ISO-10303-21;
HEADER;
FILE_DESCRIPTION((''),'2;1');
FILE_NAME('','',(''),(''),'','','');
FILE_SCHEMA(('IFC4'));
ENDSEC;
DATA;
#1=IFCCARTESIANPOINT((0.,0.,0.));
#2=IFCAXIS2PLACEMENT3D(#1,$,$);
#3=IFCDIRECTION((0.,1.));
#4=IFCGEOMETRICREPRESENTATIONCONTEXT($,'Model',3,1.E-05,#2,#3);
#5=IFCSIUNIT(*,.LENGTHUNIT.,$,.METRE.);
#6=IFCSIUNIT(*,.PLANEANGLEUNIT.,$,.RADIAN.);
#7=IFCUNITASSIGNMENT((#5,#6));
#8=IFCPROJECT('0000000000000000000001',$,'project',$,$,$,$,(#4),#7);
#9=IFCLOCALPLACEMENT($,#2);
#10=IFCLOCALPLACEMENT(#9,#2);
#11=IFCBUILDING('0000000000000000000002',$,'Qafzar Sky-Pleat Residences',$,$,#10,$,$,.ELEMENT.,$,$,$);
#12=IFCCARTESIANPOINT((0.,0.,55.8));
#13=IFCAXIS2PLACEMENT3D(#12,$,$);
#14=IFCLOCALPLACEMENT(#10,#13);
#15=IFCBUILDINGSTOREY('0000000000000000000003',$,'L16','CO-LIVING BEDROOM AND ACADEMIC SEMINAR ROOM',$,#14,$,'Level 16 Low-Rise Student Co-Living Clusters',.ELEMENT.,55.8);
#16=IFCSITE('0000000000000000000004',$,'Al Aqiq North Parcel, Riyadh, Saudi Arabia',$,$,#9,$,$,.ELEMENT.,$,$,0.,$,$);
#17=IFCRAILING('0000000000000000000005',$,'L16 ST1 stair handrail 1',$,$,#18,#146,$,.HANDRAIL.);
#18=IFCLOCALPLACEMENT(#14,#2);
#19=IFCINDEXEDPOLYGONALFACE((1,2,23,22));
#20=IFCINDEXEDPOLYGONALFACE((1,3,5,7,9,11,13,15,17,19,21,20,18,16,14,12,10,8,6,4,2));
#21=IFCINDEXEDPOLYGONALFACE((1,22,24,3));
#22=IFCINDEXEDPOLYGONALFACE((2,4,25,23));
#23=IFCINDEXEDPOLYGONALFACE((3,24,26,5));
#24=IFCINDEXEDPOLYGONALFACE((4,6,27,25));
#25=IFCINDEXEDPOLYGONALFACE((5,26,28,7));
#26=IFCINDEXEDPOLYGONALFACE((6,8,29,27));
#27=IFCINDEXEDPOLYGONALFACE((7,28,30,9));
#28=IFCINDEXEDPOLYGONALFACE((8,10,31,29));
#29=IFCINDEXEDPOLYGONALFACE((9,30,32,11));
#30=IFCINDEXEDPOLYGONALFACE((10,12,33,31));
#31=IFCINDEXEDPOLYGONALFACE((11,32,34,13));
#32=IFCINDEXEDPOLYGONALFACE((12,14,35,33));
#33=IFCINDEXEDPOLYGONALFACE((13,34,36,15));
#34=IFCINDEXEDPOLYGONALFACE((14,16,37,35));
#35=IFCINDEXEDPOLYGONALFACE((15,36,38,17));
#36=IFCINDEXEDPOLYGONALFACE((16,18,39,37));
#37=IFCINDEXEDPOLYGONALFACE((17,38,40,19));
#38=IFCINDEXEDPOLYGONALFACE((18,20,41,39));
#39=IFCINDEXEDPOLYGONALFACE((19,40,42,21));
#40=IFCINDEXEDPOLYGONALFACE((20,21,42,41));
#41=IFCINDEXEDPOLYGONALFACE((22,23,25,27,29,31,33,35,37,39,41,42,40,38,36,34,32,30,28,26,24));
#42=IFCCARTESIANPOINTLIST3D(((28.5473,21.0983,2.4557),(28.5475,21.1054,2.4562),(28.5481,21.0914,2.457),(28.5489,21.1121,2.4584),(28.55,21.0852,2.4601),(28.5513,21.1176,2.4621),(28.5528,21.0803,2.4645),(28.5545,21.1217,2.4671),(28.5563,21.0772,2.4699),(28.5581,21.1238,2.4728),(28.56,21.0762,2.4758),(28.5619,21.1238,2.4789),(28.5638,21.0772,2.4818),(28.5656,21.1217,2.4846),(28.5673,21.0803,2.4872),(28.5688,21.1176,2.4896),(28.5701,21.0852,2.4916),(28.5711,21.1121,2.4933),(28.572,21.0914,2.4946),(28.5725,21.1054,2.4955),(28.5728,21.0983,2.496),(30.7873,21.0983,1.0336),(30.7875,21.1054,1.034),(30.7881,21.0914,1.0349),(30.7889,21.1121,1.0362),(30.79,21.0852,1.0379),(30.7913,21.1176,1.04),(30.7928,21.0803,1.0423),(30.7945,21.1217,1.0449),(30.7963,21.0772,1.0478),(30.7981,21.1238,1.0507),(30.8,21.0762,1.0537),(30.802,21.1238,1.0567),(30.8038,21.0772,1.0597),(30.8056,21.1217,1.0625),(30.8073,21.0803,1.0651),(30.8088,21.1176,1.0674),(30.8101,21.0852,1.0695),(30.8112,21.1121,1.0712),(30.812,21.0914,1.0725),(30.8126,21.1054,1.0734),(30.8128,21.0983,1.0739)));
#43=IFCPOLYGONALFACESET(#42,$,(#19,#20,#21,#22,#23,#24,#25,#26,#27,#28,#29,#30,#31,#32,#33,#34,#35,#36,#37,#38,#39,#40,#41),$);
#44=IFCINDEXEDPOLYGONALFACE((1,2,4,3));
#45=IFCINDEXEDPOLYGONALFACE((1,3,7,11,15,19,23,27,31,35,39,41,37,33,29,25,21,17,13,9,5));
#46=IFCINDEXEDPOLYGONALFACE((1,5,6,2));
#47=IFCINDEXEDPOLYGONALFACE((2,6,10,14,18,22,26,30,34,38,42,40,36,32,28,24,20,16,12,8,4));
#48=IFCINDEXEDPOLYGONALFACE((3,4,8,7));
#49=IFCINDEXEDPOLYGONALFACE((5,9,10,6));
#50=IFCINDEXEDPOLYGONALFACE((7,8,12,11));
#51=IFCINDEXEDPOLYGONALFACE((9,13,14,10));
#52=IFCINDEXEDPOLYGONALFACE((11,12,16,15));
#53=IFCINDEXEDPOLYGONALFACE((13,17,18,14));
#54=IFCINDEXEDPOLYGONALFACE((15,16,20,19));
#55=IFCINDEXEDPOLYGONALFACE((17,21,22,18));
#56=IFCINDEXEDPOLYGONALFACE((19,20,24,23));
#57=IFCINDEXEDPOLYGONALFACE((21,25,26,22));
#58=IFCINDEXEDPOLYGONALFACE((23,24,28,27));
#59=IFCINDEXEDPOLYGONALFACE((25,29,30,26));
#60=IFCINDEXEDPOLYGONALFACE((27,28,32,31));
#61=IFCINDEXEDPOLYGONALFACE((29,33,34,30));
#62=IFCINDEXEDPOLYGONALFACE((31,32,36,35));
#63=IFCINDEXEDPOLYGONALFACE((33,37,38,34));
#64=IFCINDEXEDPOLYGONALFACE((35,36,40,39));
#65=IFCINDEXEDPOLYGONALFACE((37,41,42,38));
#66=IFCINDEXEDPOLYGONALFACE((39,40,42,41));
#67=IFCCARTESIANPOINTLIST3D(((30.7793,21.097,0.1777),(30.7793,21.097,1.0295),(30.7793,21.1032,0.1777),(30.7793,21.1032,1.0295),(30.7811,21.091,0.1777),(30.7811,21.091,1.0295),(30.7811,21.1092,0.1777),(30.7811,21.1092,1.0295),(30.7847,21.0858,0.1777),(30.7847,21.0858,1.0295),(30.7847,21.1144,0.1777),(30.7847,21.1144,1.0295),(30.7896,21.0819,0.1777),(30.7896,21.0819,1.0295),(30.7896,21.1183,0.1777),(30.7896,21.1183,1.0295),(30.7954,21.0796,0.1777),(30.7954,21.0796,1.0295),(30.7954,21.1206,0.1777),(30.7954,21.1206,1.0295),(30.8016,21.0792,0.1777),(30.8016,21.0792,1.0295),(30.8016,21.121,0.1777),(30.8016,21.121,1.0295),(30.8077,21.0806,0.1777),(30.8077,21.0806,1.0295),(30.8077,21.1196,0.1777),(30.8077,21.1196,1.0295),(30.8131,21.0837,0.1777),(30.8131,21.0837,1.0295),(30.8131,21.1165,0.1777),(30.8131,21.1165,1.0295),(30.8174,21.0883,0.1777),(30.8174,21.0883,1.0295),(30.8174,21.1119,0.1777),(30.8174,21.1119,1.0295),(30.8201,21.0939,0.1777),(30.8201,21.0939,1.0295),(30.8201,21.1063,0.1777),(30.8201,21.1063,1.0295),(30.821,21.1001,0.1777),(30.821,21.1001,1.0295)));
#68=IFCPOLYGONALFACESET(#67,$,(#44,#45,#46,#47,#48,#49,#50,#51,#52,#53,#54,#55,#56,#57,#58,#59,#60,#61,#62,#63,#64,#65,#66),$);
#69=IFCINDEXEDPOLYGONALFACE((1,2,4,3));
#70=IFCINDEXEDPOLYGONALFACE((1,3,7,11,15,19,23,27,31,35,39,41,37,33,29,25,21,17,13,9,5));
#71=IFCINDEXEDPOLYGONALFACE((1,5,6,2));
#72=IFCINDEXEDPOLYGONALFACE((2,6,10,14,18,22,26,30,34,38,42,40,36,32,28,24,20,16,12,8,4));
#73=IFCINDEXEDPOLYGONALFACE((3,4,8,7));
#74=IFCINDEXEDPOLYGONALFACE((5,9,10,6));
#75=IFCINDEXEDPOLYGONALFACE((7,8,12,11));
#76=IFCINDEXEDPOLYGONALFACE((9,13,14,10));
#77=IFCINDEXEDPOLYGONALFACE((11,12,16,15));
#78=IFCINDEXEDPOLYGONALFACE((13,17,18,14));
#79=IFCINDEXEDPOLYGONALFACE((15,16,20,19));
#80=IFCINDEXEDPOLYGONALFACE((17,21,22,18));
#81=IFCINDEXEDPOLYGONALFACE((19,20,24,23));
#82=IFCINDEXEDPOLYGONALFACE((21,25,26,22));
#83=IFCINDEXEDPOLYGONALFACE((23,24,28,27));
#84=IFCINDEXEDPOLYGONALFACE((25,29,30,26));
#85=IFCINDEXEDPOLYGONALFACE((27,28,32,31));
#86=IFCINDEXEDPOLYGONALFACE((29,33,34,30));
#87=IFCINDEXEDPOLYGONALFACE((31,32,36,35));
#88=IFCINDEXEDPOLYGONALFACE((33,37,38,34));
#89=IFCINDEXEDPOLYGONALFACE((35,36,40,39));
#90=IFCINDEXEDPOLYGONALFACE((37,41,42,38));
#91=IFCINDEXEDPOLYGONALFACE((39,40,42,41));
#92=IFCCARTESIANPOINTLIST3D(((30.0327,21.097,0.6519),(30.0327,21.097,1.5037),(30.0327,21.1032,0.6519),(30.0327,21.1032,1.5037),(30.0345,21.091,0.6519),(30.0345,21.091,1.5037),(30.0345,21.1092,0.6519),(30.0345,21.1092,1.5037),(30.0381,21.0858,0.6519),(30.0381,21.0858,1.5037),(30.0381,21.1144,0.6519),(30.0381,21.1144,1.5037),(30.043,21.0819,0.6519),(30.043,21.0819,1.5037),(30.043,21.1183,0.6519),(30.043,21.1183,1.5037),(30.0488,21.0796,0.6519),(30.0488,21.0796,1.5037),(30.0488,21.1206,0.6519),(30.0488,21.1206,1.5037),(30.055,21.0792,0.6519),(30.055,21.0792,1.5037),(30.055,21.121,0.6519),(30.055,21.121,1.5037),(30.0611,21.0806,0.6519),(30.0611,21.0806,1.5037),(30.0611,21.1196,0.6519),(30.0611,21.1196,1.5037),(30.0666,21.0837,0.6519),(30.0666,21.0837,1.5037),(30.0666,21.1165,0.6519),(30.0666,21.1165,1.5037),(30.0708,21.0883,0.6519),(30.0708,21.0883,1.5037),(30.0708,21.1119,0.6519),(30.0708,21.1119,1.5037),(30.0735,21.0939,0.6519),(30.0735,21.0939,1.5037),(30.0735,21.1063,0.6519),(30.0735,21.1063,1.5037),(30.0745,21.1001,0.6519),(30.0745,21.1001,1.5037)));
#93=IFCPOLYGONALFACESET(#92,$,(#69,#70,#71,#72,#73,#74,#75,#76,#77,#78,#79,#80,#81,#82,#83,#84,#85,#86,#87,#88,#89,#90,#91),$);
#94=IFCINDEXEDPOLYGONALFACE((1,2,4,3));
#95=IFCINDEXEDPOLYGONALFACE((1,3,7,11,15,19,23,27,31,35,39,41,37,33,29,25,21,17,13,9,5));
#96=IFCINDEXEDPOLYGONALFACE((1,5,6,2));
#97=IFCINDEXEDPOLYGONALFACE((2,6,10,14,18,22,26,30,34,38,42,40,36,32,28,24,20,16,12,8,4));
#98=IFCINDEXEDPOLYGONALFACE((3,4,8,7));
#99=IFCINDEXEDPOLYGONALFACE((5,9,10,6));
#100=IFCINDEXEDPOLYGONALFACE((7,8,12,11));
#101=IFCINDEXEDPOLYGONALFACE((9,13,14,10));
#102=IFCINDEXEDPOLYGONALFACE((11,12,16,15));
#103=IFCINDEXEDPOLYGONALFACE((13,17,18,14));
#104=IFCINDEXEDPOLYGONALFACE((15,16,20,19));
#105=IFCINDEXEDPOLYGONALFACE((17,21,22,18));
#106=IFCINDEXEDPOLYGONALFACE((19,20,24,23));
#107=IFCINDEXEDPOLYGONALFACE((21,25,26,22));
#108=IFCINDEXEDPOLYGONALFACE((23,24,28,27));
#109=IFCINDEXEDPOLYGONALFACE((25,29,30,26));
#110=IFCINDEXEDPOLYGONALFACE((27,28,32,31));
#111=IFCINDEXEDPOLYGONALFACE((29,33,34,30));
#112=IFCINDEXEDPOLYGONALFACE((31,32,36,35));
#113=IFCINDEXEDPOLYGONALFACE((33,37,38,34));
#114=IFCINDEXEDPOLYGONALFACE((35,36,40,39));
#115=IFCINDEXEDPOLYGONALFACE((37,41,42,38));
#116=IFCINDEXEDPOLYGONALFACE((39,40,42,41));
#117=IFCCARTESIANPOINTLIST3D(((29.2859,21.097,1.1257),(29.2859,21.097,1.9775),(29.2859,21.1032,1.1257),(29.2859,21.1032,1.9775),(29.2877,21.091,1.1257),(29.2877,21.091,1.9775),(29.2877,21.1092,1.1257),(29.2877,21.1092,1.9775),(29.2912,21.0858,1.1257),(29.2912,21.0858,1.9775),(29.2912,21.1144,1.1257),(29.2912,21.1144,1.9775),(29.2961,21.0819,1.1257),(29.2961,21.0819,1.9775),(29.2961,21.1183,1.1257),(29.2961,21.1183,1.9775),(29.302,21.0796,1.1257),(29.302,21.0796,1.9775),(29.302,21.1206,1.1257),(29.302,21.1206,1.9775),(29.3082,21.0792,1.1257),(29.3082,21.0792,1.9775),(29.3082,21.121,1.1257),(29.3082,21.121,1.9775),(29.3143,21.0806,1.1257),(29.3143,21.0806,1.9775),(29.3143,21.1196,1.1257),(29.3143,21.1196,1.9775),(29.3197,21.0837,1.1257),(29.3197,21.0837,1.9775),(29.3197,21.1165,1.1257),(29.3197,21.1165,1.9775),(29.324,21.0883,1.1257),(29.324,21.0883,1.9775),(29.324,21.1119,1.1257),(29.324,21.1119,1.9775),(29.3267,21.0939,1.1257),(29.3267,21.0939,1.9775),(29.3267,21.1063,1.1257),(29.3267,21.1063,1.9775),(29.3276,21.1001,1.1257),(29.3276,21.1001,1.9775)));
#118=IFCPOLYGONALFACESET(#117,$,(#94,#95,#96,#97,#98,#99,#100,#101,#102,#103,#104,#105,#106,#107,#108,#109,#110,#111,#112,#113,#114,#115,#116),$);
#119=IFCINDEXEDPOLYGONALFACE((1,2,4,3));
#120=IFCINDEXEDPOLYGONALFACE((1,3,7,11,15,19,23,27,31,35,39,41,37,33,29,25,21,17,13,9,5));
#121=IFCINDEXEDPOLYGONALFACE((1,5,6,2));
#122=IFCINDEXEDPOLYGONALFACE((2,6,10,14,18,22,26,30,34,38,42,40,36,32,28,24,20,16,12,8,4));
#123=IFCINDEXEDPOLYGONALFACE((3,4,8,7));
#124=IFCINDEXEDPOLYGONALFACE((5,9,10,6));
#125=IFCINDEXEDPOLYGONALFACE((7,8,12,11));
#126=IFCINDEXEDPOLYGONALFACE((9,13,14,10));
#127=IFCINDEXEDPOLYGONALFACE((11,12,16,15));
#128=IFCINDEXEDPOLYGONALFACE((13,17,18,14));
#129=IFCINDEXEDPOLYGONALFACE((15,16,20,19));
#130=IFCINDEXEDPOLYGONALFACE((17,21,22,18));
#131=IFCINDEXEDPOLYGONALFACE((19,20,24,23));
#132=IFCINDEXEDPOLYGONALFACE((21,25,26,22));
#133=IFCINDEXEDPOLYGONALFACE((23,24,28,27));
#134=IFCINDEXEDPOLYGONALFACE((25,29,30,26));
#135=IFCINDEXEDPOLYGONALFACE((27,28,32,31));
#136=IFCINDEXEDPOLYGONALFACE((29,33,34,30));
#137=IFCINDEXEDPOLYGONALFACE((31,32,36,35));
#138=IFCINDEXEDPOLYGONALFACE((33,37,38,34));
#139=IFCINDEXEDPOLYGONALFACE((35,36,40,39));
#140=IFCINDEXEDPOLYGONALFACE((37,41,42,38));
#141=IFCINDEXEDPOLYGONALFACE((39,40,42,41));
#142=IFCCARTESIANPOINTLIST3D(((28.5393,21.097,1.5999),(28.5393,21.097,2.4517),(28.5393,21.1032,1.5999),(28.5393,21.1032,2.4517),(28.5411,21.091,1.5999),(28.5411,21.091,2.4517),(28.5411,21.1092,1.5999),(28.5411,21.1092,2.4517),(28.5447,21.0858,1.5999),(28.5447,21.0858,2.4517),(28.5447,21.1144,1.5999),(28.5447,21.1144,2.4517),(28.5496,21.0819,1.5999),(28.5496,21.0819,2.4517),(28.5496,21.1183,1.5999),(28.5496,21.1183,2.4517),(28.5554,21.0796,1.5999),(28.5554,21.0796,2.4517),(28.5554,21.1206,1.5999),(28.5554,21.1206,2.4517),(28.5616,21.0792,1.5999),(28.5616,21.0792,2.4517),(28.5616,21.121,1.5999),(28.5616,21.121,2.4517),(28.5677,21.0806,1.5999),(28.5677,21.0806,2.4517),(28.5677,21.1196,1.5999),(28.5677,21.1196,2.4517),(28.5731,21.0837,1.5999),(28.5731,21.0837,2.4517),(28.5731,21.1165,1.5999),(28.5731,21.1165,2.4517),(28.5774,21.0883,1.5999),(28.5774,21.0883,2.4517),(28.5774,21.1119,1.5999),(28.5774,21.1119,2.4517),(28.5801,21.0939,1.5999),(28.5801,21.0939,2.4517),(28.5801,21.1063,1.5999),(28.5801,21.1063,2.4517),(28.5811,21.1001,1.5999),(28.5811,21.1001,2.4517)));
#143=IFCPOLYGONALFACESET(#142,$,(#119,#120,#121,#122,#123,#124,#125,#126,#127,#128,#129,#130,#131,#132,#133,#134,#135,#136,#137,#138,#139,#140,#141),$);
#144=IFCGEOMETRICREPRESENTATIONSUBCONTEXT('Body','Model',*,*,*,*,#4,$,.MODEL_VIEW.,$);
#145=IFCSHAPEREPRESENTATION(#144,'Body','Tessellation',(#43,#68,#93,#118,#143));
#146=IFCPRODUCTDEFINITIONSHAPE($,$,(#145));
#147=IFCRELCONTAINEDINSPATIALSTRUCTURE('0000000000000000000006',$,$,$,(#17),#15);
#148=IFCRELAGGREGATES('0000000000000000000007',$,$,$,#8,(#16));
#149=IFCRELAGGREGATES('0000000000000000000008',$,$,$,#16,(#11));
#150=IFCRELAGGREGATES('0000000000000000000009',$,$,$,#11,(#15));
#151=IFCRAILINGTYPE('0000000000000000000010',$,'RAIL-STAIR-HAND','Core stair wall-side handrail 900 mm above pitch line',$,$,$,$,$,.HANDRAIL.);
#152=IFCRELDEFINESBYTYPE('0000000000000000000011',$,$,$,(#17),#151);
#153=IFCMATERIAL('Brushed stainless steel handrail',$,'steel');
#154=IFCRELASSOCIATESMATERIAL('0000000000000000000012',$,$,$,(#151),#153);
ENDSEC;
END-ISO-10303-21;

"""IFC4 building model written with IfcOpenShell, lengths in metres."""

from ifc_helpers import new_model, si_unit, direction, frame, origin, origin_2d, place, context, subcontext, project, spatial, circle, extrude, source, transform, mapped, material, type_object, element, save


model = new_model("IFC4")

# Units and contexts
model_context = context("Model", 3, precision=1e-05, world=origin(), true_north=direction((0.0, 1.0)))
body_context = subcontext(model_context, "Body", "Model", "MODEL_VIEW")
ifc_project = project(units=[si_unit("LENGTHUNIT", "METRE"), si_unit("PLANEANGLEUNIT", "RADIAN")], contexts=[model_context])

# Site, building, storey
site_placement = place(None, origin())
site = spatial("IfcSite", under=ifc_project, at=site_placement, Name="Al Aqiq North Parcel, Riyadh, Saudi Arabia", CompositionType="ELEMENT", RefElevation=0.0)
building_placement = place(site_placement, origin())
building = spatial("IfcBuilding", under=site, at=building_placement, Name="Qafzar Sky-Pleat Residences", CompositionType="ELEMENT")
storey_placement = place(building_placement, frame((0.0, 0.0, 55.8)))
storey = spatial("IfcBuildingStorey", under=building, at=storey_placement, Name="L16", Description="CO-LIVING BEDROOM AND ACADEMIC SEMINAR ROOM", LongName="Level 16 Low-Rise Student Co-Living Clusters", CompositionType="ELEMENT", Elevation=55.8)

# Railing
ifc_material_1 = material(Name="Brushed stainless steel handrail", Category="steel")
railing_type_1 = type_object("IfcRailingType", Name="RAIL-STAIR-HAND", Description="Core stair wall-side handrail 900 mm above pitch line", PredefinedType="HANDRAIL", material=ifc_material_1)
shared_shape_1 = source(origin(), body_context, "Body", "SweptSolid", [
    extrude(circle(Radius=0.0239, at=origin_2d()), frame((0.0, 0.0, 0.876), z_axis=(-0.844229, 0.0, 0.535982), x_axis=(0.0, -1.0, 0.0)), (0.0, 0.0, 1.0), 2.6533),
    extrude(circle(Radius=0.021, at=origin_2d()), origin(), (0.0, 0.0, 1.0), 0.8518),
    extrude(circle(Radius=0.021, at=origin_2d()), frame((-0.7466, 0.0, 0.4741)), (0.0, 0.0, 1.0), 0.8518),
    extrude(circle(Radius=0.021, at=origin_2d()), frame((-1.4934, 0.0, 0.948)), (0.0, 0.0, 1.0), 0.8518),
    extrude(circle(Radius=0.021, at=origin_2d()), frame((-2.24, 0.0, 1.4221)), (0.0, 0.0, 1.0), 0.8518),
])
railing_1_placement = place(storey_placement, frame((30.8, 21.1001, 0.1777)))
element("IfcRailing", 1, at=railing_1_placement, inside=storey, type_object=railing_type_1, Name="L16 ST1 stair handrail 1", PredefinedType="HANDRAIL", context=body_context, shape_type="MappedRepresentation", body=[
    mapped(shared_shape_1, transform((0.0, 0.0, 0.0), x_axis=(1.0, 0.0, 0.0), y_axis=(0.0, 1.0, 0.0), z_axis=(0.0, 0.0, 1.0), scale=1.0)),
])

save(model, "model.ifc")
